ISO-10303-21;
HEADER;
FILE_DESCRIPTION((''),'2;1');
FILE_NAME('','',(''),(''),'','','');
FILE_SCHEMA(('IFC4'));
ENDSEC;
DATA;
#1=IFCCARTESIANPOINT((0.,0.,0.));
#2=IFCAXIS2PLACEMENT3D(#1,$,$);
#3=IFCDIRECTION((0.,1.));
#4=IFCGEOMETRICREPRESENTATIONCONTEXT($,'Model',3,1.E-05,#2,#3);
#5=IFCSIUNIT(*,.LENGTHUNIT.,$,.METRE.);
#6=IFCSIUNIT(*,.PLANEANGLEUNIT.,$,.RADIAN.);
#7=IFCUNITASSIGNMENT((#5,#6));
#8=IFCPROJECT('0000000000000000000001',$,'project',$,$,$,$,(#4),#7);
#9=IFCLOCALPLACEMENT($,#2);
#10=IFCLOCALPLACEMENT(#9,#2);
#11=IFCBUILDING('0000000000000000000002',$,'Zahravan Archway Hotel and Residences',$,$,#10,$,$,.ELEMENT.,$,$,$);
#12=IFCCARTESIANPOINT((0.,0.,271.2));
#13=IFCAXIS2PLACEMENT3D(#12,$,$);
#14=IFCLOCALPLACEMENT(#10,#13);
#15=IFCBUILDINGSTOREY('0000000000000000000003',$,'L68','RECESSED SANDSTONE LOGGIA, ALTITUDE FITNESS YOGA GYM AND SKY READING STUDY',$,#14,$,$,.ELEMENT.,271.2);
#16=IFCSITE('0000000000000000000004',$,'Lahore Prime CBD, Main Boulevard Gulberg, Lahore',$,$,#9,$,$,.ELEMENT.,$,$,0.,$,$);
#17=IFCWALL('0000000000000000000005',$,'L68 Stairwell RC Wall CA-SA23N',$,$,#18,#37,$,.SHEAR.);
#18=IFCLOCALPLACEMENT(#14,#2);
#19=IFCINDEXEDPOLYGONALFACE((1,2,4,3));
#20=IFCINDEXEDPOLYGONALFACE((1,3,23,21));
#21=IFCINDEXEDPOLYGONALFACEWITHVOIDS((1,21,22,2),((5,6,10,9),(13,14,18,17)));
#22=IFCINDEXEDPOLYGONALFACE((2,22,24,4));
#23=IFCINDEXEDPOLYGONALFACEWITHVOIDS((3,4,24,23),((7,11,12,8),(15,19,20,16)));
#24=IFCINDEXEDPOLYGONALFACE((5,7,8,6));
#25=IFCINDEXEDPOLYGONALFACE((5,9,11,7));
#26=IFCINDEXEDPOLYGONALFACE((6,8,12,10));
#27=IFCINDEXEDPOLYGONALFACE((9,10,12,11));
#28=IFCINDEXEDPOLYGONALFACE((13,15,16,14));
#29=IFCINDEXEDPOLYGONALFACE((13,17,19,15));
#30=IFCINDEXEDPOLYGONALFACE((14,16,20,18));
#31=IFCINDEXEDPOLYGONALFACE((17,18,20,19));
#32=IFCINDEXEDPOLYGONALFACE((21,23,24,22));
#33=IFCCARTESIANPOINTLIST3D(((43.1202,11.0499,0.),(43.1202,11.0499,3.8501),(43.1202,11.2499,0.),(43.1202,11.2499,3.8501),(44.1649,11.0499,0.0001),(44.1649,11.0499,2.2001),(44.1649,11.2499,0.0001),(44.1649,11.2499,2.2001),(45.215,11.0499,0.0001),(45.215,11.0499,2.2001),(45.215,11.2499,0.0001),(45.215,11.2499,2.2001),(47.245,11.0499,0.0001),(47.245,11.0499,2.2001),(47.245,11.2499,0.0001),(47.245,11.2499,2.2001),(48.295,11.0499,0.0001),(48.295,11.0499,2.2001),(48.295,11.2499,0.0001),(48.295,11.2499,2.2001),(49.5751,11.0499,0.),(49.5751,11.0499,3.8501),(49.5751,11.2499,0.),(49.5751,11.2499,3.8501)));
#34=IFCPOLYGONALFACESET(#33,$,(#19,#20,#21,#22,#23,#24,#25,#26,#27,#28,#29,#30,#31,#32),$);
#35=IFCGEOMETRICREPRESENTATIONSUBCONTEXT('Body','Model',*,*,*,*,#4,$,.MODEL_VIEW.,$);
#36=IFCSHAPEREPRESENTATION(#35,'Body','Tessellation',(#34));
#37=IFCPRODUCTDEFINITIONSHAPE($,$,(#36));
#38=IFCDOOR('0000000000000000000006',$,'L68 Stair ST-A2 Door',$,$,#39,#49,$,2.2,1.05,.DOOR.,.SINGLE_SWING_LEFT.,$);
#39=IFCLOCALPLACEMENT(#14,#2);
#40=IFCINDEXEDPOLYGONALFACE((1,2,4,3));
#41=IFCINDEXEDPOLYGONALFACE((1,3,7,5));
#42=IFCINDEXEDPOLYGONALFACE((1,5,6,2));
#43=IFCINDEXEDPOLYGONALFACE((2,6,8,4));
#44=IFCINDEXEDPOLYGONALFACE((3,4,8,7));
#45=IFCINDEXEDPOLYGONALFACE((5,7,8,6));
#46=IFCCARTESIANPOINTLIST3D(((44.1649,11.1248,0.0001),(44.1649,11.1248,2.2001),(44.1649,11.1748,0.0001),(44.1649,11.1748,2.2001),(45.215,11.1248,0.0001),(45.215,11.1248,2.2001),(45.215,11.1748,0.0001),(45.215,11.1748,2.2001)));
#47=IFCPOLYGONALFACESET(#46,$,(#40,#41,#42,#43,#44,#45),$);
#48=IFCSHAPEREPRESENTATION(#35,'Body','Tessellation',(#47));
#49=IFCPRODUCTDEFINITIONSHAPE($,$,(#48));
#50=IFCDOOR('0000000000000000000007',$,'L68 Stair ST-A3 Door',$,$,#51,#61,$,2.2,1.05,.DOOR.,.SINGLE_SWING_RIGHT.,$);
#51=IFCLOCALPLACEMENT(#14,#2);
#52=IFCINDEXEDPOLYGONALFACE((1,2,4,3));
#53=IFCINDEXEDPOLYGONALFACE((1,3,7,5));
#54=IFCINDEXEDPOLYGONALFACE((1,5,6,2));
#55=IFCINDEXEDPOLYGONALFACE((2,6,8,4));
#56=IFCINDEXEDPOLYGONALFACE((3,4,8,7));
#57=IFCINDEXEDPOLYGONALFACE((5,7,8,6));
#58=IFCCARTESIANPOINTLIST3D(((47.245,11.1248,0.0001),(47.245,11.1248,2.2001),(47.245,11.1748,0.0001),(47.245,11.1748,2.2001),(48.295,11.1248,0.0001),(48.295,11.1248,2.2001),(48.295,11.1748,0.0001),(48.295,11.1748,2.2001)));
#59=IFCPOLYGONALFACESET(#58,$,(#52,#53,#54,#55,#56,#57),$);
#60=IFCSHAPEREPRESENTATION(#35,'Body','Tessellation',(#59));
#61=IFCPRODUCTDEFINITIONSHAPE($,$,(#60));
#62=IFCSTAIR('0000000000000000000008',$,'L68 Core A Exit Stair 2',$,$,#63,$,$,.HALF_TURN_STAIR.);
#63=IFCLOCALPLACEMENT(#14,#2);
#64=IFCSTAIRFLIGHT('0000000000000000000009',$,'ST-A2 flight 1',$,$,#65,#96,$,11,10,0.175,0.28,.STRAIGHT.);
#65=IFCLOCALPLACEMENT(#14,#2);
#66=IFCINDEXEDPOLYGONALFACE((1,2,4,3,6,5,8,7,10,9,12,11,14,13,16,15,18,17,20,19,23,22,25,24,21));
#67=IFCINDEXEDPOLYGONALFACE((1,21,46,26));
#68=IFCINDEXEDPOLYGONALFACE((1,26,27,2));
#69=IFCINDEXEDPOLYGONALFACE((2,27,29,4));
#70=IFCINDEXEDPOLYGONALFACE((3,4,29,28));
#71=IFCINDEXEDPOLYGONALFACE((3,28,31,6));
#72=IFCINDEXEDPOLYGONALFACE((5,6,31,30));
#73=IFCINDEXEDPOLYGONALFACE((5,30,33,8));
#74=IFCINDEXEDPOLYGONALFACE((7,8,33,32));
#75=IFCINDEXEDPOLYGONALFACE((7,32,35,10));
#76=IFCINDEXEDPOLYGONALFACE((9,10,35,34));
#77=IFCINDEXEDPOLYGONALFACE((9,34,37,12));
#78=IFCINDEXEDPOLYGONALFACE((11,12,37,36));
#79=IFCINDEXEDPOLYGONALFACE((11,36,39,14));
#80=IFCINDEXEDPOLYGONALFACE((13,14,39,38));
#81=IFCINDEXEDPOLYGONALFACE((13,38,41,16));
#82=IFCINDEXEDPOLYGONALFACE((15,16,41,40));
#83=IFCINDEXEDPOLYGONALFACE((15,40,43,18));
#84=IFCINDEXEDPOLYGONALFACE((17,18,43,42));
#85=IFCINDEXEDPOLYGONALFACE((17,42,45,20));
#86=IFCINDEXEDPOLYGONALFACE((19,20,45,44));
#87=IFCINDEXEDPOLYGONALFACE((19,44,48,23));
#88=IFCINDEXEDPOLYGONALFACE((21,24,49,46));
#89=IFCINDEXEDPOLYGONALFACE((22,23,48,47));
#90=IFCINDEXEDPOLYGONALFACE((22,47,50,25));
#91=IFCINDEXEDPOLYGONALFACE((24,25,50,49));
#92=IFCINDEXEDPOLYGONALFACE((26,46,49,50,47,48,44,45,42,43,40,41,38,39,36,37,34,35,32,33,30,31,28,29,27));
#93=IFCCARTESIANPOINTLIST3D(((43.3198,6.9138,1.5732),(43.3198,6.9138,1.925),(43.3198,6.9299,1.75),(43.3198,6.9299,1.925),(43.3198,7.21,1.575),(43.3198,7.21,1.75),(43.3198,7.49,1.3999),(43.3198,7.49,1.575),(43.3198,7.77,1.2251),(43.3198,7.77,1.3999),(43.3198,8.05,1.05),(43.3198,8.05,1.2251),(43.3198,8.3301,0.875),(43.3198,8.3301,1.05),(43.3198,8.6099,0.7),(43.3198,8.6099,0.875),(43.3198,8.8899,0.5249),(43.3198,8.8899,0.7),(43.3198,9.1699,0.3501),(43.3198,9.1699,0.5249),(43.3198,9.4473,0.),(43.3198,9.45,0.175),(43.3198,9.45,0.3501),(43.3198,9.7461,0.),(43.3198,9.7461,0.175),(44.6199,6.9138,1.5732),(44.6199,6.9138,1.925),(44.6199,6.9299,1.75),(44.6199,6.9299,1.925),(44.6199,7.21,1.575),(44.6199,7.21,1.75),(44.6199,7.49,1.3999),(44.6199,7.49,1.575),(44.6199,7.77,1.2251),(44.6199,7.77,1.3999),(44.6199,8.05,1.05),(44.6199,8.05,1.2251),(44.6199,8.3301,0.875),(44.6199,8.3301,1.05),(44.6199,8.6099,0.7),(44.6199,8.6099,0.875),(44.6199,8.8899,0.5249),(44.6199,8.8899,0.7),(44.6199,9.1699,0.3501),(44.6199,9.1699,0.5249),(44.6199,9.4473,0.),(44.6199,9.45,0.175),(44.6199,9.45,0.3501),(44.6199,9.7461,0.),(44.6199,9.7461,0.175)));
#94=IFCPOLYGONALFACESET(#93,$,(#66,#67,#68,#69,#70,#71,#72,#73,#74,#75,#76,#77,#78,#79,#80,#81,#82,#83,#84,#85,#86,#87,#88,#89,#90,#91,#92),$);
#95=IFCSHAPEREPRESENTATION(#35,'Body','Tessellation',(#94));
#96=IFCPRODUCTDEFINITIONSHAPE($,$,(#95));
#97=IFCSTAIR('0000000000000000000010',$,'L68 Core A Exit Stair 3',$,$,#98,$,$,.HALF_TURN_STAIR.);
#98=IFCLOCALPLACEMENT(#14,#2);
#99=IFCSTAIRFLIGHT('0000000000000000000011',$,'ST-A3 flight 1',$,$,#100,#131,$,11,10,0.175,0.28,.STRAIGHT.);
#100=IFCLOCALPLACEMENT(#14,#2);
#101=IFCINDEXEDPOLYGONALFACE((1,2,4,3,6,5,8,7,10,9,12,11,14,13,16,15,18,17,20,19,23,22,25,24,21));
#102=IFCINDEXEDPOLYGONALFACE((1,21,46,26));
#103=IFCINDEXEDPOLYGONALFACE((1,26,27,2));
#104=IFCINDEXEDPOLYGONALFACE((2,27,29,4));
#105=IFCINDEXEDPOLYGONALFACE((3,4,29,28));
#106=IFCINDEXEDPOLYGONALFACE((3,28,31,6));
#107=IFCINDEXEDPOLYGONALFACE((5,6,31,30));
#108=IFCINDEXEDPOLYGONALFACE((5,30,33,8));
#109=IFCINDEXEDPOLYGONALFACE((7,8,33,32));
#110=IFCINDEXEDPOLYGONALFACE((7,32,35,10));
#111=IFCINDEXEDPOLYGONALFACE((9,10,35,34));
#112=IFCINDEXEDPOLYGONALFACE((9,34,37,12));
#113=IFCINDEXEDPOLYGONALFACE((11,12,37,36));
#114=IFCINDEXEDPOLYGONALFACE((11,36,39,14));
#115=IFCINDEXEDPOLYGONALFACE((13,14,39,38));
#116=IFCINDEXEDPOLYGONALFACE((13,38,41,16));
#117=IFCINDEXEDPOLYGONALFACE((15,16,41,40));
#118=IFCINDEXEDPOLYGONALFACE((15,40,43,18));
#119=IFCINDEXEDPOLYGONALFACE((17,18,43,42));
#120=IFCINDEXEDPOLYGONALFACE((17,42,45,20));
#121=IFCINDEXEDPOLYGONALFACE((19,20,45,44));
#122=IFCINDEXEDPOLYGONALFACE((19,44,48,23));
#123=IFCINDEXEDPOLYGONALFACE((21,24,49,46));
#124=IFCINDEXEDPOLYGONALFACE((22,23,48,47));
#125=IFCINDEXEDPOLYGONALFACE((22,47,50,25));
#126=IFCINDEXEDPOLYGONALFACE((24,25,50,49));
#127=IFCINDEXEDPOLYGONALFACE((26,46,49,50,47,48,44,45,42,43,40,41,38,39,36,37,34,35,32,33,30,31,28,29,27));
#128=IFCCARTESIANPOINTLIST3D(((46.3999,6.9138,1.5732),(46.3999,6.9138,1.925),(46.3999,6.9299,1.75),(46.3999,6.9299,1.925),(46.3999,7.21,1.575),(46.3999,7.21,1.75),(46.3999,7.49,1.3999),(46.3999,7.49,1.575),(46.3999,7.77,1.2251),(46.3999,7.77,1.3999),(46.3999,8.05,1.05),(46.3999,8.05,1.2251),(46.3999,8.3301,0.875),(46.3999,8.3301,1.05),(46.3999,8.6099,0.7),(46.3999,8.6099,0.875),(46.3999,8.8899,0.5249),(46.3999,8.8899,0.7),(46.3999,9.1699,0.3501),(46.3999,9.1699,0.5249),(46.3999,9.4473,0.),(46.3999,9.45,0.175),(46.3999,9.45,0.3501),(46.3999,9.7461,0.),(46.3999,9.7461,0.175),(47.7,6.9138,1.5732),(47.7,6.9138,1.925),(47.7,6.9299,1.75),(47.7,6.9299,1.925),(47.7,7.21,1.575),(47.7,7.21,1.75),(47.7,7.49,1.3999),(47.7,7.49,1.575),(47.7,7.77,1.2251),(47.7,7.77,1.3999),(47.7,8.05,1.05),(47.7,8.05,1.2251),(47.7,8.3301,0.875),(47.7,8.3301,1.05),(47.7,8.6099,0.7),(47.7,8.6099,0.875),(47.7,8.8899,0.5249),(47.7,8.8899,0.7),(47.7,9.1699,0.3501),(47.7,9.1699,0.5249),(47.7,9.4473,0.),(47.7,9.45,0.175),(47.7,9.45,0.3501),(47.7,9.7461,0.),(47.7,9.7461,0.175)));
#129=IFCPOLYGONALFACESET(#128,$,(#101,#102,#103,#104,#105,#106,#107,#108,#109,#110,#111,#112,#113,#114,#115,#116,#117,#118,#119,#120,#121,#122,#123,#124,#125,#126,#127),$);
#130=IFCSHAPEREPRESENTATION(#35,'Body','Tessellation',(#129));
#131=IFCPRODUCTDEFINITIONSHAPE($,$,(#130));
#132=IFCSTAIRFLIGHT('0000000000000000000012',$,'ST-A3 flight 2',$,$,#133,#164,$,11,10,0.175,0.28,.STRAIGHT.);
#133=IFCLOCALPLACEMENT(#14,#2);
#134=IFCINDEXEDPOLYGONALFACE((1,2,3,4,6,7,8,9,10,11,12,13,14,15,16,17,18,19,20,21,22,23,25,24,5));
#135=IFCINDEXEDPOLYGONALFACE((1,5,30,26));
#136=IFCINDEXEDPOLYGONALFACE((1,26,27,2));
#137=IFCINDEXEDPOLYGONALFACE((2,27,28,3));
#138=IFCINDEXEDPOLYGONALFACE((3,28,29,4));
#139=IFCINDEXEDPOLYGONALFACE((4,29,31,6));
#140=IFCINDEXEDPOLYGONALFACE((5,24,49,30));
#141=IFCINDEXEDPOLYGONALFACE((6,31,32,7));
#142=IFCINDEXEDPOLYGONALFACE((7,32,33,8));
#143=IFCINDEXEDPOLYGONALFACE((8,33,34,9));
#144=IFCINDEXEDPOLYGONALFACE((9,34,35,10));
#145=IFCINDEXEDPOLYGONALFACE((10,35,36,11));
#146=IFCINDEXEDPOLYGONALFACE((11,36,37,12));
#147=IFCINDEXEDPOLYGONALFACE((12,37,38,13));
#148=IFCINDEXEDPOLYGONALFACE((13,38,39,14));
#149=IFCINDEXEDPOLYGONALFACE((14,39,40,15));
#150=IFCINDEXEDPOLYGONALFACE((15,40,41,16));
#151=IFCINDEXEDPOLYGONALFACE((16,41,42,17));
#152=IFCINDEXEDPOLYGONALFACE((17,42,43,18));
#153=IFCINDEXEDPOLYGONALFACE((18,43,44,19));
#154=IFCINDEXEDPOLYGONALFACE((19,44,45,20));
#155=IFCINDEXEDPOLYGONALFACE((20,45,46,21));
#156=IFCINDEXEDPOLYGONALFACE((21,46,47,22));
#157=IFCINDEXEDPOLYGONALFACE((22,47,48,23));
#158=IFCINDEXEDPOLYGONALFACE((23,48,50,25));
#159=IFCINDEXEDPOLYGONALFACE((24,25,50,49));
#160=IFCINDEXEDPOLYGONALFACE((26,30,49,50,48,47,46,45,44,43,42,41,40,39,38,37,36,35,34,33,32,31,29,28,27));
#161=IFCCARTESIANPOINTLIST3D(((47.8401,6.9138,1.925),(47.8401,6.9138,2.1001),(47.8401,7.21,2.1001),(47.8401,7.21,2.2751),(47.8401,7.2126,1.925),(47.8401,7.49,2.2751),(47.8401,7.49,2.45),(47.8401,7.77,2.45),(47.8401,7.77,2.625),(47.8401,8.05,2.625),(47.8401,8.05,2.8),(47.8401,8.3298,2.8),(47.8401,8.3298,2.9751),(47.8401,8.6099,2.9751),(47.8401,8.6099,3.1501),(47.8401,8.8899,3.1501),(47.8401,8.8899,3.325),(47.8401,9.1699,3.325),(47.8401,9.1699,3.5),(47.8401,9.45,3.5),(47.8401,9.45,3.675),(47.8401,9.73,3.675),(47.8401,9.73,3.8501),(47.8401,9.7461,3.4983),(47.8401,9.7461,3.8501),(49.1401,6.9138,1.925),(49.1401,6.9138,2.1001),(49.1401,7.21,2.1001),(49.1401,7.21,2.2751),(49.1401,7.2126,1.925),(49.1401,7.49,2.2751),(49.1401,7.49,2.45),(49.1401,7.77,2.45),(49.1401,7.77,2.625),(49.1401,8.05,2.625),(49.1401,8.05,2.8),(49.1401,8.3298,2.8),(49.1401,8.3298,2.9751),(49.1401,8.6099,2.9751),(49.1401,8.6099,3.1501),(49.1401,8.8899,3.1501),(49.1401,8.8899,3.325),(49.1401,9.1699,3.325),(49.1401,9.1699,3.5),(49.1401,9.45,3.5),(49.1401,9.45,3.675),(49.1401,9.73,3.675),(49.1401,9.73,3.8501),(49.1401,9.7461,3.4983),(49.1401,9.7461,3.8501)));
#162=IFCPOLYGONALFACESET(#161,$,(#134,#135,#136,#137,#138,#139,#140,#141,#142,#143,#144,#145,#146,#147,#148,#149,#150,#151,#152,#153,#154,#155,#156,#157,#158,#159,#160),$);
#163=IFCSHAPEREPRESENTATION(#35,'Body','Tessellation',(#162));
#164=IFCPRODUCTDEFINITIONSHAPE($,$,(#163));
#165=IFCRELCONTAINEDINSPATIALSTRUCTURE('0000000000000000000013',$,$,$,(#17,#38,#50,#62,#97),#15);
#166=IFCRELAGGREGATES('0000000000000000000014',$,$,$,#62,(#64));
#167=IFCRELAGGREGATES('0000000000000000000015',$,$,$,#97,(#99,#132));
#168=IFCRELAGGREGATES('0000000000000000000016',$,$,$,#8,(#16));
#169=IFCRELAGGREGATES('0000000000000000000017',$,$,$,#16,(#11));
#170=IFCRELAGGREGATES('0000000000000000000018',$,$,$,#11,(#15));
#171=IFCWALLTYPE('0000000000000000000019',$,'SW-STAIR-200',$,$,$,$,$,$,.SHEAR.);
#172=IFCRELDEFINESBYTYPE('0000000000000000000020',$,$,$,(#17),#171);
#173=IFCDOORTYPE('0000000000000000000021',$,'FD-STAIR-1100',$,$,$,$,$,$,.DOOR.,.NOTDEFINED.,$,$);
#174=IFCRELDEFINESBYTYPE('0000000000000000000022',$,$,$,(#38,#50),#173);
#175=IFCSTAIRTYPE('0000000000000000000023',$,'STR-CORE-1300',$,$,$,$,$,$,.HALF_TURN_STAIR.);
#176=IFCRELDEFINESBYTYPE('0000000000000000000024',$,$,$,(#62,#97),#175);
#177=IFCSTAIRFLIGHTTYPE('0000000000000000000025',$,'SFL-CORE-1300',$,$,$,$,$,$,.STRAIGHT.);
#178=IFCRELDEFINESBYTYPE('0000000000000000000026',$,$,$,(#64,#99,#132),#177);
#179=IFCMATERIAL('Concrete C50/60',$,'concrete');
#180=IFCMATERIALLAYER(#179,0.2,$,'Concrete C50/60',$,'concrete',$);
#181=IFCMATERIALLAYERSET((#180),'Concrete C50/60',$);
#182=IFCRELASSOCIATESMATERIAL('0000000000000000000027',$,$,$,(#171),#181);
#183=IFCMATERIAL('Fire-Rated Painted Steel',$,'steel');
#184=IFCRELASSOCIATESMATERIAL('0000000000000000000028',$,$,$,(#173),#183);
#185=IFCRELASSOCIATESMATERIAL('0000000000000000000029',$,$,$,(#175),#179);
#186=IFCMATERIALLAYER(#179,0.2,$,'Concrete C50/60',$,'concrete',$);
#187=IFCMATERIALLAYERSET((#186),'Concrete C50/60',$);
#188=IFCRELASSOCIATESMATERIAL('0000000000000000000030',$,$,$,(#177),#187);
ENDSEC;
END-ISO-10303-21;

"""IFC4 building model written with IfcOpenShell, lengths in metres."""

from ifc_helpers import new_model, si_unit, direction, frame, frame_2d, origin, place, context, subcontext, project, spatial, polyline, rectangle, outline, extrude, source, transform, mapped, material, layer, layer_set, type_object, type_shapes, element, fill, aggregate, save


model = new_model("IFC4")

# Units and contexts
model_context = context("Model", 3, precision=1e-05, world=origin(), true_north=direction((0.0, 1.0)))
body_context = subcontext(model_context, "Body", "Model", "MODEL_VIEW")
ifc_project = project(units=[si_unit("LENGTHUNIT", "METRE"), si_unit("PLANEANGLEUNIT", "RADIAN")], contexts=[model_context])

# Site, building, storey
site_placement = place(None, origin())
site = spatial("IfcSite", under=ifc_project, at=site_placement, Name="Lahore Prime CBD, Main Boulevard Gulberg, Lahore", CompositionType="ELEMENT", RefElevation=0.0)
building_placement = place(site_placement, origin())
building = spatial("IfcBuilding", under=site, at=building_placement, Name="Zahravan Archway Hotel and Residences", CompositionType="ELEMENT")
storey_placement = place(building_placement, frame((0.0, 0.0, 271.2)))
storey = spatial("IfcBuildingStorey", under=building, at=storey_placement, Name="L68", Description="RECESSED SANDSTONE LOGGIA, ALTITUDE FITNESS YOGA GYM AND SKY READING STUDY", CompositionType="ELEMENT", Elevation=271.2)

# Shared definitions
ifc_material_1 = material(Name="Concrete C50/60", Category="concrete")

# Shared definitions
ifc_material_2 = material(Name="Fire-Rated Painted Steel", Category="steel")

# Wall, openings, doors
ifc_layer_1 = layer(ifc_material_1, 0.2, Name="Concrete C50/60", Category="concrete")
ifc_layer_set_1 = layer_set([ifc_layer_1], Name="Concrete C50/60")
wall_type_1 = type_object("IfcWallType", Name="SW-STAIR-200", PredefinedType="SHEAR", material=ifc_layer_set_1)
wall_1_placement = place(storey_placement, frame((43.1201, 11.1499, 0.0), z_axis=(0.0, 0.0, 1.0), x_axis=(1.0, 0.0, 0.0)))
wall_1 = element("IfcWall", 1, at=wall_1_placement, inside=storey, type_object=wall_type_1, Name="L68 Stairwell RC Wall CA-SA23N", PredefinedType="SHEAR", context=body_context, shape_type="SweptSolid", body=[
    extrude(rectangle(XDim=6.4548, YDim=0.2, at=frame_2d((3.2275, 0.0))), origin(), (0.0, 0.0, 1.0), 3.8501),
])
opening_1_placement = place(wall_1_placement, frame((1.0449, 0.0, 0.0)))
opening_1 = element("IfcOpeningElement", 2, at=opening_1_placement, cuts=wall_1, PredefinedType="OPENING", context=body_context, shape_type="SweptSolid", body=[
    extrude(rectangle(XDim=1.05, YDim=2.2, at=frame_2d((0.5249, 1.1001))), frame((0.0, 0.1099, 0.0), z_axis=(0.0, -1.0, 0.0), x_axis=(1.0, 0.0, 0.0)), (0.0, 0.0, 1.0), 0.22),
])
opening_2_placement = place(wall_1_placement, frame((4.125, 0.0, 0.0)))
opening_2 = element("IfcOpeningElement", 3, at=opening_2_placement, cuts=wall_1, PredefinedType="OPENING", context=body_context, shape_type="SweptSolid", body=[
    extrude(rectangle(XDim=1.05, YDim=2.2, at=frame_2d((0.5249, 1.1001))), frame((0.0, 0.1099, 0.0), z_axis=(0.0, -1.0, 0.0), x_axis=(1.0, 0.0, 0.0)), (0.0, 0.0, 1.0), 0.22),
])
door_type_1 = type_object("IfcDoorType", Name="FD-STAIR-1100", OperationType="NOTDEFINED", PredefinedType="DOOR", material=ifc_material_2)
shared_shape_1 = source(origin(), body_context, "Body", "SweptSolid", [
    extrude(rectangle(XDim=1.05, YDim=2.2, at=frame_2d((0.5249, 1.1001))), frame((0.0, 0.0249, 0.0), z_axis=(0.0, -1.0, 0.0), x_axis=(1.0, 0.0, 0.0)), (0.0, 0.0, 1.0), 0.05),
])
type_shapes(door_type_1, [shared_shape_1])
door_1_placement = place(opening_1_placement, origin())
door_1 = element("IfcDoor", 4, at=door_1_placement, inside=storey, type_object=door_type_1, Name="L68 Stair ST-A2 Door", OperationType="SINGLE_SWING_LEFT", OverallHeight=2.2, OverallWidth=1.05, PredefinedType="DOOR", context=body_context, shape_type="MappedRepresentation", body=[
    mapped(shared_shape_1, transform((0.0, 0.0, 0.0), scale=1.0)),
])
fill(opening_1, door_1)
door_2_placement = place(opening_2_placement, origin())
door_2 = element("IfcDoor", 5, at=door_2_placement, inside=storey, type_object=door_type_1, Name="L68 Stair ST-A3 Door", OperationType="SINGLE_SWING_RIGHT", OverallHeight=2.2, OverallWidth=1.05, PredefinedType="DOOR", context=body_context, shape_type="MappedRepresentation", body=[
    mapped(shared_shape_1, transform((0.0, 0.0, 0.0), scale=1.0)),
])
fill(opening_2, door_2)

# Stair, stair flight
stair_type = type_object("IfcStairType", Name="STR-CORE-1300", PredefinedType="HALF_TURN_STAIR", material=ifc_material_1)
stair_1_placement = place(storey_placement, origin())
stair_1 = element("IfcStair", 6, at=stair_1_placement, inside=storey, type_object=stair_type, Name="L68 Core A Exit Stair 2", PredefinedType="HALF_TURN_STAIR")
ifc_layer_2 = layer(ifc_material_1, 0.2, Name="Concrete C50/60", Category="concrete")
ifc_layer_set_2 = layer_set([ifc_layer_2], Name="Concrete C50/60")
stair_flight_type = type_object("IfcStairFlightType", Name="SFL-CORE-1300", PredefinedType="STRAIGHT", material=ifc_layer_set_2)
shared_shape_2 = source(origin(), body_context, "Body", "SweptSolid", [
    extrude(outline(polyline([(-0.0161, 0.0), (-0.0161, 0.175), (0.28, 0.175), (0.28, 0.3501), (0.5601, 0.3501), (0.5601, 0.5249), (0.8401, 0.5249), (0.8401, 0.7), (1.1201, 0.7), (1.1201, 0.875), (1.3999, 0.875), (1.3999, 1.05), (1.6799, 1.05), (1.6799, 1.2251), (1.96, 1.2251), (1.96, 1.3999), (2.24, 1.3999), (2.24, 1.575), (2.52, 1.575), (2.52, 1.75), (2.8, 1.75), (2.8, 1.925), (2.8162, 1.925), (2.8162, 1.5732), (0.2827, 0.0), (-0.0161, 0.0)])), frame((0.0, 0.6499, 0.0), z_axis=(0.0, -1.0, 0.0), x_axis=(1.0, 0.0, 0.0)), (0.0, 0.0, 1.0), 1.3),
])
stair_flight_1_placement = place(storey_placement, frame((43.97, 9.73, 0.0), z_axis=(0.0, 0.0, 1.0), x_axis=(0.0, -1.0, 0.0)))
stair_flight_1 = element("IfcStairFlight", 7, at=stair_flight_1_placement, type_object=stair_flight_type, Name="ST-A2 flight 1", NumberOfRisers=11, NumberOfTreads=10, PredefinedType="STRAIGHT", RiserHeight=0.175, TreadLength=0.28, context=body_context, shape_type="MappedRepresentation", body=[
    mapped(shared_shape_2, transform((0.0, 0.0, 0.0), scale=1.0)),
])
aggregate(stair_1, [stair_flight_1])

# Stair, stair flights
stair_2_placement = place(storey_placement, origin())
stair_2 = element("IfcStair", 8, at=stair_2_placement, inside=storey, type_object=stair_type, Name="L68 Core A Exit Stair 3", PredefinedType="HALF_TURN_STAIR")
stair_flight_2_placement = place(storey_placement, frame((47.05, 9.73, 0.0), z_axis=(0.0, 0.0, 1.0), x_axis=(0.0, -1.0, 0.0)))
stair_flight_2 = element("IfcStairFlight", 9, at=stair_flight_2_placement, type_object=stair_flight_type, Name="ST-A3 flight 1", NumberOfRisers=11, NumberOfTreads=10, PredefinedType="STRAIGHT", RiserHeight=0.175, TreadLength=0.28, context=body_context, shape_type="MappedRepresentation", body=[
    mapped(shared_shape_2, transform((0.0, 0.0, 0.0), scale=1.0)),
])
stair_flight_3_placement = place(storey_placement, frame((48.49, 6.9299, 1.925), z_axis=(0.0, 0.0, 1.0), x_axis=(0.0, 1.0, 0.0)))
stair_flight_3 = element("IfcStairFlight", 10, at=stair_flight_3_placement, type_object=stair_flight_type, Name="ST-A3 flight 2", NumberOfRisers=11, NumberOfTreads=10, PredefinedType="STRAIGHT", RiserHeight=0.175, TreadLength=0.28, context=body_context, shape_type="MappedRepresentation", body=[
    mapped(shared_shape_2, transform((0.0, 0.0, 0.0), scale=1.0)),
])
aggregate(stair_2, [stair_flight_2, stair_flight_3])

save(model, "model.ifc")
